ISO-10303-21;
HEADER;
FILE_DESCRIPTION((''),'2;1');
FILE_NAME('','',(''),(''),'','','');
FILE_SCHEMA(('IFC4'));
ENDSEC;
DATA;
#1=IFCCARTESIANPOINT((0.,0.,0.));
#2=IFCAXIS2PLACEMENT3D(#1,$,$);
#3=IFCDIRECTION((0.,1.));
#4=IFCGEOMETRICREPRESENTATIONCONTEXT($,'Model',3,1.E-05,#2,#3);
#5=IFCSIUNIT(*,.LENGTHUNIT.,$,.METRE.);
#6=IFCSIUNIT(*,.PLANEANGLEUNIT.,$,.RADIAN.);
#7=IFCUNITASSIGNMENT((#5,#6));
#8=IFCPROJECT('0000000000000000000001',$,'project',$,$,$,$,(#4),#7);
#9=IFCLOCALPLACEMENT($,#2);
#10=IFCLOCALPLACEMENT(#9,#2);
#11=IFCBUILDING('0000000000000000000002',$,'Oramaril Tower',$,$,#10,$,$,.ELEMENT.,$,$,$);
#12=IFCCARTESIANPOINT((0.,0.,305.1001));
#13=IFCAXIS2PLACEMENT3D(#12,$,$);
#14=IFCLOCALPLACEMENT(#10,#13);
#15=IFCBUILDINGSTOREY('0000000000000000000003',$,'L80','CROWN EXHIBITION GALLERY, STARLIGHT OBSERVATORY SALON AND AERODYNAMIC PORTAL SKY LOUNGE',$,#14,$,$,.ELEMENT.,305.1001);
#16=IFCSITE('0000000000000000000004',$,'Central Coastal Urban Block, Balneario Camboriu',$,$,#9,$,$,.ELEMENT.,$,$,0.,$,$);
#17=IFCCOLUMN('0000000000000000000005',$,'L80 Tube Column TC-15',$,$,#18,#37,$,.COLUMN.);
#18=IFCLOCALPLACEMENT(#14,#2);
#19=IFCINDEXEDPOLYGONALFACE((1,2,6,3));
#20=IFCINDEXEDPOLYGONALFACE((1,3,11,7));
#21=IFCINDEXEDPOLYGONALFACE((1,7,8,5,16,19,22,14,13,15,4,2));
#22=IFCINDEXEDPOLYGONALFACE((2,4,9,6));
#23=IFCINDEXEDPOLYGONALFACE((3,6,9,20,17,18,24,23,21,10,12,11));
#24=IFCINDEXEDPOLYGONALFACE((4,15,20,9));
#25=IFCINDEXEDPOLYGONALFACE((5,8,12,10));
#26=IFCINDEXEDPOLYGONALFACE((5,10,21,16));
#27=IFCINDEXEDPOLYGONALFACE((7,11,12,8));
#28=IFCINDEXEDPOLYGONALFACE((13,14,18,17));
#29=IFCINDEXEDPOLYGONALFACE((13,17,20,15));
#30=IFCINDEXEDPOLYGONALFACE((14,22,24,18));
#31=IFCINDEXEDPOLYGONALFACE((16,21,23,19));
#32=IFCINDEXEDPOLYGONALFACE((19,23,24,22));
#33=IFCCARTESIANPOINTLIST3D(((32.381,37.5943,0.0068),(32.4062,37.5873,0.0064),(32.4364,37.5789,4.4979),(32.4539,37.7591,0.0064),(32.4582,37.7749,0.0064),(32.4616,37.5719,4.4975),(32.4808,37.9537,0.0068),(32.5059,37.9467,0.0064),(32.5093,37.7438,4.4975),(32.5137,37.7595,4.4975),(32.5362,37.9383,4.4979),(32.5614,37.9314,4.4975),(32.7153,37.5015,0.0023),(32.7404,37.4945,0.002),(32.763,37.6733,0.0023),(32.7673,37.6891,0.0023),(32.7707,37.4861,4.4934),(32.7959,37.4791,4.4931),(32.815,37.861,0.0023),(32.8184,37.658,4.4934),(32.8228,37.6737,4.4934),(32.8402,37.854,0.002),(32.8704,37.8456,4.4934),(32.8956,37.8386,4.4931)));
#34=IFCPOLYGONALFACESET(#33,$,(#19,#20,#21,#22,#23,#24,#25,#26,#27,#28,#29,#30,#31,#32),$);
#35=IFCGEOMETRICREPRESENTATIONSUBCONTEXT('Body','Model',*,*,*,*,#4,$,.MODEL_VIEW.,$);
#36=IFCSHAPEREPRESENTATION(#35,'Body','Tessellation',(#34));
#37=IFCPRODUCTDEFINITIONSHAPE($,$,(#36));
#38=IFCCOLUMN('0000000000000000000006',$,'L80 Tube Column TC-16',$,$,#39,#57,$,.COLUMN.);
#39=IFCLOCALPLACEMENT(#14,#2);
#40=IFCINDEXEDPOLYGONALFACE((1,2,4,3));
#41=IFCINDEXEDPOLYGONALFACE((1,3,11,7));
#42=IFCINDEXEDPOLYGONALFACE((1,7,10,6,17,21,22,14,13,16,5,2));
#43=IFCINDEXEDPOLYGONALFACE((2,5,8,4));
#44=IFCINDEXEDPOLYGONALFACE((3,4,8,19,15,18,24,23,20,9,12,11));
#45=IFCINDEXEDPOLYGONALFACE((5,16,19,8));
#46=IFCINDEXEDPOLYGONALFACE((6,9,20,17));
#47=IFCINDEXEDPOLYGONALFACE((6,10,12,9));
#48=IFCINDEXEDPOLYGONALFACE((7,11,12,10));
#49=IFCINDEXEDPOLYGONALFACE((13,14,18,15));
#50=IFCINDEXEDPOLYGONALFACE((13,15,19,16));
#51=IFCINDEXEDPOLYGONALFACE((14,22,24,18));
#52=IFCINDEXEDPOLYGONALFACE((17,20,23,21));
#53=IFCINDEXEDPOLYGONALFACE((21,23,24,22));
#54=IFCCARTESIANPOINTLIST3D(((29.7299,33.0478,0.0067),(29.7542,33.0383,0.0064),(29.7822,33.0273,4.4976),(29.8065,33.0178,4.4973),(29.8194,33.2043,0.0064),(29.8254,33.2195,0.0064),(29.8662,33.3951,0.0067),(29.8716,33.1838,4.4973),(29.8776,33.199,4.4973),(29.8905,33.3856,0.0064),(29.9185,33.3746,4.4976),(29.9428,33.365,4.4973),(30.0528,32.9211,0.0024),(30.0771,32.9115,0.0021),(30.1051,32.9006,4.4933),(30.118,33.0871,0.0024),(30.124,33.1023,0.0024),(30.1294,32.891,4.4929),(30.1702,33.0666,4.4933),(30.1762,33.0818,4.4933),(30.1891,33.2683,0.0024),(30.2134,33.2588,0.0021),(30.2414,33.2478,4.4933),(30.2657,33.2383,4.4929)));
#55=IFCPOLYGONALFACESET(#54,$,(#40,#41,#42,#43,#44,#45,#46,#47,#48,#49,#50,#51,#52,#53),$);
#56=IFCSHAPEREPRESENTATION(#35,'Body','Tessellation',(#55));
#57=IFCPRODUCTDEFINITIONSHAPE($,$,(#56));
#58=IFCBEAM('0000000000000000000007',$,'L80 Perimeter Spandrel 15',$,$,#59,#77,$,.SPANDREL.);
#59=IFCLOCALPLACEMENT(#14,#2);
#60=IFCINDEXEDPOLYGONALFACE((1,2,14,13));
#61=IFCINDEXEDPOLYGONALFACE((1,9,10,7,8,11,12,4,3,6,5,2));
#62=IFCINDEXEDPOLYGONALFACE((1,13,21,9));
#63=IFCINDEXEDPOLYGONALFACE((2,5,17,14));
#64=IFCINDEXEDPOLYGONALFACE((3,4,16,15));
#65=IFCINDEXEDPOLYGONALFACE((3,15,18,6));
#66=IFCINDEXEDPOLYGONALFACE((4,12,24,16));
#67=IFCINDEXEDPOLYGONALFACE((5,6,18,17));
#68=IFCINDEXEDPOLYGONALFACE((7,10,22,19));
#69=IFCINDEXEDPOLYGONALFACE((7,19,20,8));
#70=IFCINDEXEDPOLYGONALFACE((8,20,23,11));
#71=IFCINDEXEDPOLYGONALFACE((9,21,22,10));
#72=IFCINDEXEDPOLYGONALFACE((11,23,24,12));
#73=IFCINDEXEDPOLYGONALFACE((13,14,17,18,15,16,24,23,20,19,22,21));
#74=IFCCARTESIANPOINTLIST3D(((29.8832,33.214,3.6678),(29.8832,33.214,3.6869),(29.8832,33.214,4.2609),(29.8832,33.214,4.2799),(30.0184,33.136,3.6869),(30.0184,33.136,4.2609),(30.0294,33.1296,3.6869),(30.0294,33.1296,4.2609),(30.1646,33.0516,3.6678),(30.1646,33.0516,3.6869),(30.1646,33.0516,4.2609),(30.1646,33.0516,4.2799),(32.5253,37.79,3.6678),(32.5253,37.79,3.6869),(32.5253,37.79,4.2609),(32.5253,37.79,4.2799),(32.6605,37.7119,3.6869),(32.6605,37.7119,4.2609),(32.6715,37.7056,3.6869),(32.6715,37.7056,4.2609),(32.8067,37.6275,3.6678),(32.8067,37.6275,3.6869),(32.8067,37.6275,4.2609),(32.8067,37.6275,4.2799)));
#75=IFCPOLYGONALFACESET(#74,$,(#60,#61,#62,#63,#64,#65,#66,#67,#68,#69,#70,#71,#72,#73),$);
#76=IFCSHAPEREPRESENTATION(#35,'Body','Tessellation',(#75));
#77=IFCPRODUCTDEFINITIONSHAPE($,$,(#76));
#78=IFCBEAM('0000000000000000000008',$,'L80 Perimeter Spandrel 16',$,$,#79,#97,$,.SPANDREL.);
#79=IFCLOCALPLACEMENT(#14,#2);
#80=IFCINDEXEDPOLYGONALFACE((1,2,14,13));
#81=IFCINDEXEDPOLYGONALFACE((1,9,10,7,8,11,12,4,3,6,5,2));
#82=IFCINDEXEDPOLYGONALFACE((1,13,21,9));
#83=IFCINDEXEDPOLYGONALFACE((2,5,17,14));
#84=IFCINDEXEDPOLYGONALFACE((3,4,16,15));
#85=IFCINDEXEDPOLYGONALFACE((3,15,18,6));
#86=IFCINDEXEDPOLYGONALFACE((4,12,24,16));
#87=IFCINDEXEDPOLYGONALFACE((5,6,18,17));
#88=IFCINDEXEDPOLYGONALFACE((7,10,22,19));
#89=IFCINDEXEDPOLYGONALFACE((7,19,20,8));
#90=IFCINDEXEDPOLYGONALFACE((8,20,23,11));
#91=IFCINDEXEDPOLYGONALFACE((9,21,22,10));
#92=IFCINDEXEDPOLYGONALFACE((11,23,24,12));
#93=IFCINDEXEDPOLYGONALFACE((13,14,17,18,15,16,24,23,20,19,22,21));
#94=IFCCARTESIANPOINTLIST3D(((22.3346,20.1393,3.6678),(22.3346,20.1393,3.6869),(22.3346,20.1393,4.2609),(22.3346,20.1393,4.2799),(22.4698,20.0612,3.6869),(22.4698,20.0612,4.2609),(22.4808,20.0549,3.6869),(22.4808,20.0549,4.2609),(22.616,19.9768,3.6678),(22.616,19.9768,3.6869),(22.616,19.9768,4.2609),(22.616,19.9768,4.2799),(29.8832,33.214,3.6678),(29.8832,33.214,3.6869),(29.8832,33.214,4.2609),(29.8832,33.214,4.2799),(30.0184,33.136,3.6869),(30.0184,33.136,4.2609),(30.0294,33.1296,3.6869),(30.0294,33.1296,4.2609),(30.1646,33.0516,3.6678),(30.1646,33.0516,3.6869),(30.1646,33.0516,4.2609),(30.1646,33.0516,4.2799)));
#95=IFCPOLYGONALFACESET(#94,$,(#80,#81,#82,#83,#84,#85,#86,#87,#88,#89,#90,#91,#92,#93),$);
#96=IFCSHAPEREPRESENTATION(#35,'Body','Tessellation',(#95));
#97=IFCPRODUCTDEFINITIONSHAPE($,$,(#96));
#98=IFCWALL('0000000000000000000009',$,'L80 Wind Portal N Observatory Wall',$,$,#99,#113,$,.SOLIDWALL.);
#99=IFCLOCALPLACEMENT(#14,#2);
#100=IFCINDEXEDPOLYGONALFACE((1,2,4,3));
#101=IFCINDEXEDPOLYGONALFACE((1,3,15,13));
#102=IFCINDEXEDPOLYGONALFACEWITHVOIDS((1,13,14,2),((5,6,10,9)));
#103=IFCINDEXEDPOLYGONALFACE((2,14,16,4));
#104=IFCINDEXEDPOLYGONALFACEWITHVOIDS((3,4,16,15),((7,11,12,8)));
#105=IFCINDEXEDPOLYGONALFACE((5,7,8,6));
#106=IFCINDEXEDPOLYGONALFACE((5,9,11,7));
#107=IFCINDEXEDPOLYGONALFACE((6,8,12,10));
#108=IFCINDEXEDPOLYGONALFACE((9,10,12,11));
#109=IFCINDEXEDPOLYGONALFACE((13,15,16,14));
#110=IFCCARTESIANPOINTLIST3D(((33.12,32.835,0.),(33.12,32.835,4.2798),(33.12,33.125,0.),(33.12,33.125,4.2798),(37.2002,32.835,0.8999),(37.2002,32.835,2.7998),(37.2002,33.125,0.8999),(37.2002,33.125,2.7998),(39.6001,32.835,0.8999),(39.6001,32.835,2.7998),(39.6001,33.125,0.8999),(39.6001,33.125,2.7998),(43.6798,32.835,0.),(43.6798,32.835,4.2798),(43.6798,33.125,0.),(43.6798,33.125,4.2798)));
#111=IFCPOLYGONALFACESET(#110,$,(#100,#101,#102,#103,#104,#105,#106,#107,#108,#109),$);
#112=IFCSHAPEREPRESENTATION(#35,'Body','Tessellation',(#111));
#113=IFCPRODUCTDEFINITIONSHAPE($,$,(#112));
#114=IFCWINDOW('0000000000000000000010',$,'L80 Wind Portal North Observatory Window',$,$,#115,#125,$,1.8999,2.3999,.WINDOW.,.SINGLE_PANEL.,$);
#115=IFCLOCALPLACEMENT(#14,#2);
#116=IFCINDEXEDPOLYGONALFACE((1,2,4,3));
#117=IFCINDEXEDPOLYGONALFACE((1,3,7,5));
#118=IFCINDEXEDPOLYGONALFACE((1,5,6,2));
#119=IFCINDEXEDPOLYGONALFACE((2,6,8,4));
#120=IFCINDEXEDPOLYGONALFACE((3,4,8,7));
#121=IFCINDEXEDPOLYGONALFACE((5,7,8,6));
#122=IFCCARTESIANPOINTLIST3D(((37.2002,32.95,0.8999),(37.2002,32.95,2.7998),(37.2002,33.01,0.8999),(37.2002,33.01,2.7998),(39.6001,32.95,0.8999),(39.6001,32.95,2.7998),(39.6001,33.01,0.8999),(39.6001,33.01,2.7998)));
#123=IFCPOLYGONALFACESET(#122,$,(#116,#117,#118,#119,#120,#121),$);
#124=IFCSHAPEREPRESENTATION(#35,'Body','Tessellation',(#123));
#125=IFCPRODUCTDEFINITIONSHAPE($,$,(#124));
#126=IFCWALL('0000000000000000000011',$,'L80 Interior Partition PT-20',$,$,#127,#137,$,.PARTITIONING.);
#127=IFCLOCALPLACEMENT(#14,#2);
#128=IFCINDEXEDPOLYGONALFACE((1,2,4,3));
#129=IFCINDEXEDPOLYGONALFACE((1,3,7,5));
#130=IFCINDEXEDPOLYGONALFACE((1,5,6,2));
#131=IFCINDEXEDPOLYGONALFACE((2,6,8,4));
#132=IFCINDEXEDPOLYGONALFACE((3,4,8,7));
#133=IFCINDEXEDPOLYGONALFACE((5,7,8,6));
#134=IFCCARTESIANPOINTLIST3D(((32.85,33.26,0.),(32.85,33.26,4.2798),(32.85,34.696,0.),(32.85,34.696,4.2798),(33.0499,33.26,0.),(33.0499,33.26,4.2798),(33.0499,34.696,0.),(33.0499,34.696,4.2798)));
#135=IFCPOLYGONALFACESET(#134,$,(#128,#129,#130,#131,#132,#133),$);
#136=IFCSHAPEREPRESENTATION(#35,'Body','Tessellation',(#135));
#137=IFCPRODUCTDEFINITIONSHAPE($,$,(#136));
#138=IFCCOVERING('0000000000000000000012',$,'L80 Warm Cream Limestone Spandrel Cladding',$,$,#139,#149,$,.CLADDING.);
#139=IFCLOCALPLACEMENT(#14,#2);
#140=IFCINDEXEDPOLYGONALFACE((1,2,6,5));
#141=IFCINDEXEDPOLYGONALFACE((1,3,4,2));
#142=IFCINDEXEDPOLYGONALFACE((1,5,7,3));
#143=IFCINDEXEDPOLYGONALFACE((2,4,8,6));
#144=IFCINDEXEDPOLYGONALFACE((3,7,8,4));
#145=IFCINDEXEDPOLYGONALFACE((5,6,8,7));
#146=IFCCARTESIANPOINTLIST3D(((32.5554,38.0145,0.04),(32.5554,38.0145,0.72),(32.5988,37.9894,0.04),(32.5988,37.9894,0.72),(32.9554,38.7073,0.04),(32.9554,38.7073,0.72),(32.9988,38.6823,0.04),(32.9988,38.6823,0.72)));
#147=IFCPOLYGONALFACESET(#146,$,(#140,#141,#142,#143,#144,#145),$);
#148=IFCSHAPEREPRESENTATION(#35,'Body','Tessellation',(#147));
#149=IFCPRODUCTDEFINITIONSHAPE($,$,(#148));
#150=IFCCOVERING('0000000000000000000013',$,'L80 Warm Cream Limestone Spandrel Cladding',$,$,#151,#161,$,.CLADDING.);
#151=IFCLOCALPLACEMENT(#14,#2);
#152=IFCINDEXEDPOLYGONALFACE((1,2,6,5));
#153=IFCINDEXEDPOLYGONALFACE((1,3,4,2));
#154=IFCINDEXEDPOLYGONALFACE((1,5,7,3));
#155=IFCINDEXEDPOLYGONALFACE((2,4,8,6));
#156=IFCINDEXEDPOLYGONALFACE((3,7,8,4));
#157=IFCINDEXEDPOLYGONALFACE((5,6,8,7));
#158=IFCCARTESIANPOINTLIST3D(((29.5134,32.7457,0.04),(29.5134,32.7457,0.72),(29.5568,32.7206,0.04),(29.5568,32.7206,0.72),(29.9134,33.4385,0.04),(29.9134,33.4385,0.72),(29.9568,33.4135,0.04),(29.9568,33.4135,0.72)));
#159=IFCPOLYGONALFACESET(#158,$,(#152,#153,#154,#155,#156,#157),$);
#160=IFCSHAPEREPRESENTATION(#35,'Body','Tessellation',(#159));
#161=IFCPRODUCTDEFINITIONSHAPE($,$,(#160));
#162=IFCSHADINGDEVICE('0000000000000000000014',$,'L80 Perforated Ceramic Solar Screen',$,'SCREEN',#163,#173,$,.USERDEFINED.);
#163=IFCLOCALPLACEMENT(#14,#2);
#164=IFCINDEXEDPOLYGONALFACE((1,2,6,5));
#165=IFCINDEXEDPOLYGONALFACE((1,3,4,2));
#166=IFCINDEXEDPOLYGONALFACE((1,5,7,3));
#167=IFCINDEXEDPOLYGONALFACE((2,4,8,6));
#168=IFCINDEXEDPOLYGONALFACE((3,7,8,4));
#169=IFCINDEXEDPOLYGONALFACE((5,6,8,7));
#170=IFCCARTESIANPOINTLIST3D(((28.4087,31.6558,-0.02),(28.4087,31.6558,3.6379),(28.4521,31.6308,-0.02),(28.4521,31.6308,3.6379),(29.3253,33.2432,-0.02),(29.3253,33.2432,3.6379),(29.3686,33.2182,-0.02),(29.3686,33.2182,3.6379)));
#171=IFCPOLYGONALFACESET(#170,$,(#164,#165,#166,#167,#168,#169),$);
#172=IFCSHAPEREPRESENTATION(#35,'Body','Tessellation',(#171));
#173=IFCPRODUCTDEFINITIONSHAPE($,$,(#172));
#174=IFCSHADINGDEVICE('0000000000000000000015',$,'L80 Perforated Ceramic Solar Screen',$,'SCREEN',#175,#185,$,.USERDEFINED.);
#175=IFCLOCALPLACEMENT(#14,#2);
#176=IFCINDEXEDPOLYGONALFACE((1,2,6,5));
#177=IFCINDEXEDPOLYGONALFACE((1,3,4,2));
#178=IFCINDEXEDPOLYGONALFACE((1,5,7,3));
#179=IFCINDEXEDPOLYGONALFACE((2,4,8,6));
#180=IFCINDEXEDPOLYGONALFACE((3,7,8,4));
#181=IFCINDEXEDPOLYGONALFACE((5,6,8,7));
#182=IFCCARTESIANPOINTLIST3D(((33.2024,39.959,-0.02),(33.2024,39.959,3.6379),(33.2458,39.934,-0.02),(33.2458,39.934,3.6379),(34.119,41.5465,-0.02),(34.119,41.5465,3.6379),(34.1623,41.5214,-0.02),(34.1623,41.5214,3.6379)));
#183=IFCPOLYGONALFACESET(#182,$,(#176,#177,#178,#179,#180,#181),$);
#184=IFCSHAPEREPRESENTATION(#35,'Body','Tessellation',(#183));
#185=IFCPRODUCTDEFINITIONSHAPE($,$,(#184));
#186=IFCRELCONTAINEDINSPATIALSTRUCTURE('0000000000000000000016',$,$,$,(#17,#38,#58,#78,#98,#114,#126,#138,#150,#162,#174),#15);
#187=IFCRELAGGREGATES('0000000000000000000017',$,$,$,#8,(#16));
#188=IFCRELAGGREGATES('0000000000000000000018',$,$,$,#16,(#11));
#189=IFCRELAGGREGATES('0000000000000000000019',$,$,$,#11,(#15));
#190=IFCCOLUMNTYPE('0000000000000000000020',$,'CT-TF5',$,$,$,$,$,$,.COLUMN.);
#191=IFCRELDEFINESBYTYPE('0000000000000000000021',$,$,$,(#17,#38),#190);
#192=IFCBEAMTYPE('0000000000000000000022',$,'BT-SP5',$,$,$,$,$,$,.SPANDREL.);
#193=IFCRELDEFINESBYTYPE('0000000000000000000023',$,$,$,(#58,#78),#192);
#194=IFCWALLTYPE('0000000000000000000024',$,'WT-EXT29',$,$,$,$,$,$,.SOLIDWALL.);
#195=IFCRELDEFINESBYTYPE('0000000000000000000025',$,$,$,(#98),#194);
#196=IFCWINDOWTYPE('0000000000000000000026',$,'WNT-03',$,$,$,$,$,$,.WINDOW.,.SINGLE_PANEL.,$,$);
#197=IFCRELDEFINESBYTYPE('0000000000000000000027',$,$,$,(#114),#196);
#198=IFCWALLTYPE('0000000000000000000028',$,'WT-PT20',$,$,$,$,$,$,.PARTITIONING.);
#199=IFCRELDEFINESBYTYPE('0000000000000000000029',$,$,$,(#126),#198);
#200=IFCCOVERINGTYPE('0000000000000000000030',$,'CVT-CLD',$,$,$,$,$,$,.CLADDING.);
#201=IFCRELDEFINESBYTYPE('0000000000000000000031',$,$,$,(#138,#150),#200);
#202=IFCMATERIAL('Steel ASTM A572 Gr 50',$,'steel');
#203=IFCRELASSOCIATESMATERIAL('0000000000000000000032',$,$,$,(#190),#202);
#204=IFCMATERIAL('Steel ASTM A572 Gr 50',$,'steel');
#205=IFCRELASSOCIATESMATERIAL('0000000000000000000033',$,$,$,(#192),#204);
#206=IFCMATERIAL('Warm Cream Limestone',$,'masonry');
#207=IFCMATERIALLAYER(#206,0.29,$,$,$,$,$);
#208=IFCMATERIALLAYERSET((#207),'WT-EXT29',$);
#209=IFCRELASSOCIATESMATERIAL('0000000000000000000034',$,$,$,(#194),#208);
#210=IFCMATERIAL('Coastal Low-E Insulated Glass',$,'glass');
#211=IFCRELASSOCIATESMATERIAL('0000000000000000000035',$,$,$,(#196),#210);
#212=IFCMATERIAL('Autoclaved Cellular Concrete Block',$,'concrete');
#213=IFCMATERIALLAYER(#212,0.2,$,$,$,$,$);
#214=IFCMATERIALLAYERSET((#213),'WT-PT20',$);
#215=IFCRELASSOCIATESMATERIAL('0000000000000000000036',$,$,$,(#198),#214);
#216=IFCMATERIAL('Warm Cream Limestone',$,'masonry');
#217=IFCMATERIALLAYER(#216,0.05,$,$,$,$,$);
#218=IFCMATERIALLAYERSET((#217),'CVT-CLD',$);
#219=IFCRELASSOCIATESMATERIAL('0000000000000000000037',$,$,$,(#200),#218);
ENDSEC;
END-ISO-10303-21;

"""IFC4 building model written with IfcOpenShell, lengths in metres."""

from ifc_helpers import new_model, si_unit, direction, frame, frame_2d, origin, origin_2d, place, context, subcontext, project, spatial, rectangle, i_section, extrude, material, layer, layer_set, material_profile, profile_set, type_object, element, fill, save


model = new_model("IFC4")

# Units and contexts
model_context = context("Model", 3, precision=1e-05, world=origin(), true_north=direction((0.0, 1.0)))
body_context = subcontext(model_context, "Body", "Model", "MODEL_VIEW")
ifc_project = project(units=[si_unit("LENGTHUNIT", "METRE"), si_unit("PLANEANGLEUNIT", "RADIAN")], contexts=[model_context])

# Site, building, storey
site_placement = place(None, origin())
site = spatial("IfcSite", under=ifc_project, at=site_placement, Name="Central Coastal Urban Block, Balneario Camboriu", CompositionType="ELEMENT", RefElevation=0.0)
building_placement = place(site_placement, origin())
building = spatial("IfcBuilding", under=site, at=building_placement, Name="Oramaril Tower", CompositionType="ELEMENT")
storey_placement = place(building_placement, frame((0.0, 0.0, 305.1001)))
storey = spatial("IfcBuildingStorey", under=building, at=storey_placement, Name="L80", Description="CROWN EXHIBITION GALLERY, STARLIGHT OBSERVATORY SALON AND AERODYNAMIC PORTAL SKY LOUNGE", CompositionType="ELEMENT", Elevation=305.1001)

# Columns
ifc_material_1 = material(Name="Steel ASTM A572 Gr 50", Category="steel")
ifc_material_profile_1 = material_profile(ifc_material_1, i_section(OverallWidth=0.373, OverallDepth=0.373, WebThickness=0.0164, FlangeThickness=0.0261, at=origin_2d()), Name="W14X132")
ifc_profile_set_1 = profile_set([ifc_material_profile_1], Name="Steel ASTM A572 Gr 50")
column_type = type_object("IfcColumnType", Name="CT-TF5", PredefinedType="COLUMN", material=ifc_profile_set_1)
column_1_placement = place(storey_placement, frame((32.6106, 37.7241, 0.0044), z_axis=(0.012339, -0.003425, 0.999918), x_axis=(0.267425, 0.963579, 0.0)))
element("IfcColumn", 1, at=column_1_placement, inside=storey, type_object=column_type, Name="L80 Tube Column TC-15", PredefinedType="COLUMN", context=body_context, shape_type="SweptSolid", body=[
    extrude(i_section(OverallWidth=0.373, OverallDepth=0.373, WebThickness=0.0164, FlangeThickness=0.0261, at=origin_2d()), origin(), (0.0, 0.0, 1.0), 4.4915),
])
column_2_placement = place(storey_placement, frame((29.9717, 33.1533, 0.0044), z_axis=(0.011633, -0.004566, 0.999922), x_axis=(0.365383, 0.930857, 0.0)))
element("IfcColumn", 2, at=column_2_placement, inside=storey, type_object=column_type, Name="L80 Tube Column TC-16", PredefinedType="COLUMN", context=body_context, shape_type="SweptSolid", body=[
    extrude(i_section(OverallWidth=0.373, OverallDepth=0.373, WebThickness=0.0164, FlangeThickness=0.0261, at=origin_2d()), origin(), (0.0, 0.0, 1.0), 4.4912),
])

# Beams
ifc_material_2 = material(Name="Steel ASTM A572 Gr 50", Category="steel")
ifc_material_profile_2 = material_profile(ifc_material_2, i_section(OverallWidth=0.325, OverallDepth=0.6121, WebThickness=0.0127, FlangeThickness=0.019, at=origin_2d()), Name="W24X104")
ifc_profile_set_2 = profile_set([ifc_material_profile_2], Name="Steel ASTM A572 Gr 50")
beam_type = type_object("IfcBeamType", Name="BT-SP5", PredefinedType="SPANDREL", material=ifc_profile_set_2)
beam_1_placement = place(storey_placement, frame((32.666, 37.7087, 3.9739), z_axis=(-0.500025, -0.866011, 0.0), x_axis=(0.866011, -0.500025, 0.0)))
element("IfcBeam", 3, at=beam_1_placement, inside=storey, type_object=beam_type, Name="L80 Perimeter Spandrel 15", PredefinedType="SPANDREL", context=body_context, shape_type="SweptSolid", body=[
    extrude(i_section(OverallWidth=0.325, OverallDepth=0.6121, WebThickness=0.0127, FlangeThickness=0.019, at=origin_2d()), origin(), (0.0, 0.0, 1.0), 5.2839),
])
beam_2_placement = place(storey_placement, frame((30.0239, 33.1328, 3.9739), z_axis=(-0.499995, -0.866028, 0.0), x_axis=(0.866028, -0.499995, 0.0)))
element("IfcBeam", 4, at=beam_2_placement, inside=storey, type_object=beam_type, Name="L80 Perimeter Spandrel 16", PredefinedType="SPANDREL", context=body_context, shape_type="SweptSolid", body=[
    extrude(i_section(OverallWidth=0.325, OverallDepth=0.6121, WebThickness=0.0127, FlangeThickness=0.019, at=origin_2d()), origin(), (0.0, 0.0, 1.0), 15.0974),
])

# Wall, opening, window
ifc_material_3 = material(Name="Warm Cream Limestone", Category="masonry")
ifc_layer_1 = layer(ifc_material_3, 0.29)
ifc_layer_set_1 = layer_set([ifc_layer_1], Name="WT-EXT29")
wall_type_1 = type_object("IfcWallType", Name="WT-EXT29", PredefinedType="SOLIDWALL", material=ifc_layer_set_1)
wall_1_placement = place(storey_placement, frame((33.1201, 32.98, 0.0), z_axis=(0.0, 0.0, 1.0), x_axis=(1.0, 0.0, 0.0)))
wall_1 = element("IfcWall", 5, at=wall_1_placement, inside=storey, type_object=wall_type_1, Name="L80 Wind Portal N Observatory Wall", PredefinedType="SOLIDWALL", context=body_context, shape_type="SweptSolid", body=[
    extrude(rectangle(XDim=10.5598, YDim=0.29, at=frame_2d((5.2798, 0.0))), origin(), (0.0, 0.0, 1.0), 4.2798),
])
opening_1_placement = place(wall_1_placement, frame((4.0801, 0.0, 0.8999)))
opening_1 = element("IfcOpeningElement", 6, at=opening_1_placement, cuts=wall_1, PredefinedType="OPENING", context=body_context, shape_type="SweptSolid", body=[
    extrude(rectangle(XDim=2.3999, YDim=1.8999, at=frame_2d((1.2, 0.95))), frame((0.0, 0.145, 0.0), z_axis=(0.0, -1.0, 0.0), x_axis=(1.0, 0.0, 0.0)), (0.0, 0.0, 1.0), 0.29),
])
ifc_material_4 = material(Name="Coastal Low-E Insulated Glass", Category="glass")
window_type = type_object("IfcWindowType", Name="WNT-03", PartitioningType="SINGLE_PANEL", PredefinedType="WINDOW", material=ifc_material_4)
window_placement = place(opening_1_placement, origin())
window = element("IfcWindow", 7, at=window_placement, inside=storey, type_object=window_type, Name="L80 Wind Portal North Observatory Window", OverallHeight=1.8999, OverallWidth=2.3999, PartitioningType="SINGLE_PANEL", PredefinedType="WINDOW", context=body_context, shape_type="SweptSolid", body=[
    extrude(rectangle(XDim=2.3999, YDim=1.8999, at=frame_2d((1.2, 0.95))), frame((0.0, 0.03, 0.0), z_axis=(0.0, -1.0, 0.0), x_axis=(1.0, 0.0, 0.0)), (0.0, 0.0, 1.0), 0.0601),
])
fill(opening_1, window)

# Shared definitions
ifc_material_5 = material(Name="Autoclaved Cellular Concrete Block", Category="concrete")
ifc_layer_2 = layer(ifc_material_5, 0.2)
ifc_layer_set_2 = layer_set([ifc_layer_2], Name="WT-PT20")
wall_type_2 = type_object("IfcWallType", Name="WT-PT20", PredefinedType="PARTITIONING", material=ifc_layer_set_2)

# Wall
wall_2_placement = place(storey_placement, frame((32.95, 33.26, 0.0), z_axis=(0.0, 0.0, 1.0), x_axis=(0.0, 1.0, 0.0)))
element("IfcWall", 8, at=wall_2_placement, inside=storey, type_object=wall_type_2, Name="L80 Interior Partition PT-20", PredefinedType="PARTITIONING", context=body_context, shape_type="SweptSolid", body=[
    extrude(rectangle(XDim=1.436, YDim=0.2, at=frame_2d((0.718, 0.0))), origin(), (0.0, 0.0, 1.0), 4.2798),
])

# Coverings
ifc_material_6 = material(Name="Warm Cream Limestone", Category="masonry")
ifc_layer_3 = layer(ifc_material_6, 0.05)
ifc_layer_set_3 = layer_set([ifc_layer_3], Name="CVT-CLD")
covering_type = type_object("IfcCoveringType", Name="CVT-CLD", PredefinedType="CLADDING", material=ifc_layer_set_3)
for number, where, z_axis, x_axis, name in (
    (9, (32.7771, 38.3484, 0.04), (0.0, 0.0, 1.0), (-0.5, -0.866025, 0.0), "L80 Warm Cream Limestone Spandrel Cladding"),
    (10, (29.7351, 33.0796, 0.04), (0.0, 0.0, 1.0), (-0.5, -0.866025, 0.0), "L80 Warm Cream Limestone Spandrel Cladding"),
):
    element("IfcCovering", number, at=place(storey_placement, frame(where, z_axis=z_axis, x_axis=x_axis)), inside=storey, type_object=covering_type, Name=name, PredefinedType="CLADDING", context=body_context, shape_type="SweptSolid", body=[
        extrude(rectangle(XDim=0.8, YDim=0.05, at=origin_2d()), origin(), (0.0, 0.0, 1.0), 0.6799),
    ])

# Shading devices
for number, where, z_axis, x_axis, name in (
    (11, (28.8887, 32.437, -0.02), (0.0, 0.0, 1.0), (-0.5, -0.866025, 0.0), "L80 Perforated Ceramic Solar Screen"),
    (12, (33.6824, 40.7402, -0.02), (0.0, 0.0, 1.0), (-0.5, -0.866025, 0.0), "L80 Perforated Ceramic Solar Screen"),
):
    element("IfcShadingDevice", number, at=place(storey_placement, frame(where, z_axis=z_axis, x_axis=x_axis)), inside=storey, Name=name, ObjectType="SCREEN", PredefinedType="USERDEFINED", context=body_context, shape_type="SweptSolid", body=[
        extrude(rectangle(XDim=1.833, YDim=0.05, at=origin_2d()), origin(), (0.0, 0.0, 1.0), 3.658),
    ])

save(model, "model.ifc")
